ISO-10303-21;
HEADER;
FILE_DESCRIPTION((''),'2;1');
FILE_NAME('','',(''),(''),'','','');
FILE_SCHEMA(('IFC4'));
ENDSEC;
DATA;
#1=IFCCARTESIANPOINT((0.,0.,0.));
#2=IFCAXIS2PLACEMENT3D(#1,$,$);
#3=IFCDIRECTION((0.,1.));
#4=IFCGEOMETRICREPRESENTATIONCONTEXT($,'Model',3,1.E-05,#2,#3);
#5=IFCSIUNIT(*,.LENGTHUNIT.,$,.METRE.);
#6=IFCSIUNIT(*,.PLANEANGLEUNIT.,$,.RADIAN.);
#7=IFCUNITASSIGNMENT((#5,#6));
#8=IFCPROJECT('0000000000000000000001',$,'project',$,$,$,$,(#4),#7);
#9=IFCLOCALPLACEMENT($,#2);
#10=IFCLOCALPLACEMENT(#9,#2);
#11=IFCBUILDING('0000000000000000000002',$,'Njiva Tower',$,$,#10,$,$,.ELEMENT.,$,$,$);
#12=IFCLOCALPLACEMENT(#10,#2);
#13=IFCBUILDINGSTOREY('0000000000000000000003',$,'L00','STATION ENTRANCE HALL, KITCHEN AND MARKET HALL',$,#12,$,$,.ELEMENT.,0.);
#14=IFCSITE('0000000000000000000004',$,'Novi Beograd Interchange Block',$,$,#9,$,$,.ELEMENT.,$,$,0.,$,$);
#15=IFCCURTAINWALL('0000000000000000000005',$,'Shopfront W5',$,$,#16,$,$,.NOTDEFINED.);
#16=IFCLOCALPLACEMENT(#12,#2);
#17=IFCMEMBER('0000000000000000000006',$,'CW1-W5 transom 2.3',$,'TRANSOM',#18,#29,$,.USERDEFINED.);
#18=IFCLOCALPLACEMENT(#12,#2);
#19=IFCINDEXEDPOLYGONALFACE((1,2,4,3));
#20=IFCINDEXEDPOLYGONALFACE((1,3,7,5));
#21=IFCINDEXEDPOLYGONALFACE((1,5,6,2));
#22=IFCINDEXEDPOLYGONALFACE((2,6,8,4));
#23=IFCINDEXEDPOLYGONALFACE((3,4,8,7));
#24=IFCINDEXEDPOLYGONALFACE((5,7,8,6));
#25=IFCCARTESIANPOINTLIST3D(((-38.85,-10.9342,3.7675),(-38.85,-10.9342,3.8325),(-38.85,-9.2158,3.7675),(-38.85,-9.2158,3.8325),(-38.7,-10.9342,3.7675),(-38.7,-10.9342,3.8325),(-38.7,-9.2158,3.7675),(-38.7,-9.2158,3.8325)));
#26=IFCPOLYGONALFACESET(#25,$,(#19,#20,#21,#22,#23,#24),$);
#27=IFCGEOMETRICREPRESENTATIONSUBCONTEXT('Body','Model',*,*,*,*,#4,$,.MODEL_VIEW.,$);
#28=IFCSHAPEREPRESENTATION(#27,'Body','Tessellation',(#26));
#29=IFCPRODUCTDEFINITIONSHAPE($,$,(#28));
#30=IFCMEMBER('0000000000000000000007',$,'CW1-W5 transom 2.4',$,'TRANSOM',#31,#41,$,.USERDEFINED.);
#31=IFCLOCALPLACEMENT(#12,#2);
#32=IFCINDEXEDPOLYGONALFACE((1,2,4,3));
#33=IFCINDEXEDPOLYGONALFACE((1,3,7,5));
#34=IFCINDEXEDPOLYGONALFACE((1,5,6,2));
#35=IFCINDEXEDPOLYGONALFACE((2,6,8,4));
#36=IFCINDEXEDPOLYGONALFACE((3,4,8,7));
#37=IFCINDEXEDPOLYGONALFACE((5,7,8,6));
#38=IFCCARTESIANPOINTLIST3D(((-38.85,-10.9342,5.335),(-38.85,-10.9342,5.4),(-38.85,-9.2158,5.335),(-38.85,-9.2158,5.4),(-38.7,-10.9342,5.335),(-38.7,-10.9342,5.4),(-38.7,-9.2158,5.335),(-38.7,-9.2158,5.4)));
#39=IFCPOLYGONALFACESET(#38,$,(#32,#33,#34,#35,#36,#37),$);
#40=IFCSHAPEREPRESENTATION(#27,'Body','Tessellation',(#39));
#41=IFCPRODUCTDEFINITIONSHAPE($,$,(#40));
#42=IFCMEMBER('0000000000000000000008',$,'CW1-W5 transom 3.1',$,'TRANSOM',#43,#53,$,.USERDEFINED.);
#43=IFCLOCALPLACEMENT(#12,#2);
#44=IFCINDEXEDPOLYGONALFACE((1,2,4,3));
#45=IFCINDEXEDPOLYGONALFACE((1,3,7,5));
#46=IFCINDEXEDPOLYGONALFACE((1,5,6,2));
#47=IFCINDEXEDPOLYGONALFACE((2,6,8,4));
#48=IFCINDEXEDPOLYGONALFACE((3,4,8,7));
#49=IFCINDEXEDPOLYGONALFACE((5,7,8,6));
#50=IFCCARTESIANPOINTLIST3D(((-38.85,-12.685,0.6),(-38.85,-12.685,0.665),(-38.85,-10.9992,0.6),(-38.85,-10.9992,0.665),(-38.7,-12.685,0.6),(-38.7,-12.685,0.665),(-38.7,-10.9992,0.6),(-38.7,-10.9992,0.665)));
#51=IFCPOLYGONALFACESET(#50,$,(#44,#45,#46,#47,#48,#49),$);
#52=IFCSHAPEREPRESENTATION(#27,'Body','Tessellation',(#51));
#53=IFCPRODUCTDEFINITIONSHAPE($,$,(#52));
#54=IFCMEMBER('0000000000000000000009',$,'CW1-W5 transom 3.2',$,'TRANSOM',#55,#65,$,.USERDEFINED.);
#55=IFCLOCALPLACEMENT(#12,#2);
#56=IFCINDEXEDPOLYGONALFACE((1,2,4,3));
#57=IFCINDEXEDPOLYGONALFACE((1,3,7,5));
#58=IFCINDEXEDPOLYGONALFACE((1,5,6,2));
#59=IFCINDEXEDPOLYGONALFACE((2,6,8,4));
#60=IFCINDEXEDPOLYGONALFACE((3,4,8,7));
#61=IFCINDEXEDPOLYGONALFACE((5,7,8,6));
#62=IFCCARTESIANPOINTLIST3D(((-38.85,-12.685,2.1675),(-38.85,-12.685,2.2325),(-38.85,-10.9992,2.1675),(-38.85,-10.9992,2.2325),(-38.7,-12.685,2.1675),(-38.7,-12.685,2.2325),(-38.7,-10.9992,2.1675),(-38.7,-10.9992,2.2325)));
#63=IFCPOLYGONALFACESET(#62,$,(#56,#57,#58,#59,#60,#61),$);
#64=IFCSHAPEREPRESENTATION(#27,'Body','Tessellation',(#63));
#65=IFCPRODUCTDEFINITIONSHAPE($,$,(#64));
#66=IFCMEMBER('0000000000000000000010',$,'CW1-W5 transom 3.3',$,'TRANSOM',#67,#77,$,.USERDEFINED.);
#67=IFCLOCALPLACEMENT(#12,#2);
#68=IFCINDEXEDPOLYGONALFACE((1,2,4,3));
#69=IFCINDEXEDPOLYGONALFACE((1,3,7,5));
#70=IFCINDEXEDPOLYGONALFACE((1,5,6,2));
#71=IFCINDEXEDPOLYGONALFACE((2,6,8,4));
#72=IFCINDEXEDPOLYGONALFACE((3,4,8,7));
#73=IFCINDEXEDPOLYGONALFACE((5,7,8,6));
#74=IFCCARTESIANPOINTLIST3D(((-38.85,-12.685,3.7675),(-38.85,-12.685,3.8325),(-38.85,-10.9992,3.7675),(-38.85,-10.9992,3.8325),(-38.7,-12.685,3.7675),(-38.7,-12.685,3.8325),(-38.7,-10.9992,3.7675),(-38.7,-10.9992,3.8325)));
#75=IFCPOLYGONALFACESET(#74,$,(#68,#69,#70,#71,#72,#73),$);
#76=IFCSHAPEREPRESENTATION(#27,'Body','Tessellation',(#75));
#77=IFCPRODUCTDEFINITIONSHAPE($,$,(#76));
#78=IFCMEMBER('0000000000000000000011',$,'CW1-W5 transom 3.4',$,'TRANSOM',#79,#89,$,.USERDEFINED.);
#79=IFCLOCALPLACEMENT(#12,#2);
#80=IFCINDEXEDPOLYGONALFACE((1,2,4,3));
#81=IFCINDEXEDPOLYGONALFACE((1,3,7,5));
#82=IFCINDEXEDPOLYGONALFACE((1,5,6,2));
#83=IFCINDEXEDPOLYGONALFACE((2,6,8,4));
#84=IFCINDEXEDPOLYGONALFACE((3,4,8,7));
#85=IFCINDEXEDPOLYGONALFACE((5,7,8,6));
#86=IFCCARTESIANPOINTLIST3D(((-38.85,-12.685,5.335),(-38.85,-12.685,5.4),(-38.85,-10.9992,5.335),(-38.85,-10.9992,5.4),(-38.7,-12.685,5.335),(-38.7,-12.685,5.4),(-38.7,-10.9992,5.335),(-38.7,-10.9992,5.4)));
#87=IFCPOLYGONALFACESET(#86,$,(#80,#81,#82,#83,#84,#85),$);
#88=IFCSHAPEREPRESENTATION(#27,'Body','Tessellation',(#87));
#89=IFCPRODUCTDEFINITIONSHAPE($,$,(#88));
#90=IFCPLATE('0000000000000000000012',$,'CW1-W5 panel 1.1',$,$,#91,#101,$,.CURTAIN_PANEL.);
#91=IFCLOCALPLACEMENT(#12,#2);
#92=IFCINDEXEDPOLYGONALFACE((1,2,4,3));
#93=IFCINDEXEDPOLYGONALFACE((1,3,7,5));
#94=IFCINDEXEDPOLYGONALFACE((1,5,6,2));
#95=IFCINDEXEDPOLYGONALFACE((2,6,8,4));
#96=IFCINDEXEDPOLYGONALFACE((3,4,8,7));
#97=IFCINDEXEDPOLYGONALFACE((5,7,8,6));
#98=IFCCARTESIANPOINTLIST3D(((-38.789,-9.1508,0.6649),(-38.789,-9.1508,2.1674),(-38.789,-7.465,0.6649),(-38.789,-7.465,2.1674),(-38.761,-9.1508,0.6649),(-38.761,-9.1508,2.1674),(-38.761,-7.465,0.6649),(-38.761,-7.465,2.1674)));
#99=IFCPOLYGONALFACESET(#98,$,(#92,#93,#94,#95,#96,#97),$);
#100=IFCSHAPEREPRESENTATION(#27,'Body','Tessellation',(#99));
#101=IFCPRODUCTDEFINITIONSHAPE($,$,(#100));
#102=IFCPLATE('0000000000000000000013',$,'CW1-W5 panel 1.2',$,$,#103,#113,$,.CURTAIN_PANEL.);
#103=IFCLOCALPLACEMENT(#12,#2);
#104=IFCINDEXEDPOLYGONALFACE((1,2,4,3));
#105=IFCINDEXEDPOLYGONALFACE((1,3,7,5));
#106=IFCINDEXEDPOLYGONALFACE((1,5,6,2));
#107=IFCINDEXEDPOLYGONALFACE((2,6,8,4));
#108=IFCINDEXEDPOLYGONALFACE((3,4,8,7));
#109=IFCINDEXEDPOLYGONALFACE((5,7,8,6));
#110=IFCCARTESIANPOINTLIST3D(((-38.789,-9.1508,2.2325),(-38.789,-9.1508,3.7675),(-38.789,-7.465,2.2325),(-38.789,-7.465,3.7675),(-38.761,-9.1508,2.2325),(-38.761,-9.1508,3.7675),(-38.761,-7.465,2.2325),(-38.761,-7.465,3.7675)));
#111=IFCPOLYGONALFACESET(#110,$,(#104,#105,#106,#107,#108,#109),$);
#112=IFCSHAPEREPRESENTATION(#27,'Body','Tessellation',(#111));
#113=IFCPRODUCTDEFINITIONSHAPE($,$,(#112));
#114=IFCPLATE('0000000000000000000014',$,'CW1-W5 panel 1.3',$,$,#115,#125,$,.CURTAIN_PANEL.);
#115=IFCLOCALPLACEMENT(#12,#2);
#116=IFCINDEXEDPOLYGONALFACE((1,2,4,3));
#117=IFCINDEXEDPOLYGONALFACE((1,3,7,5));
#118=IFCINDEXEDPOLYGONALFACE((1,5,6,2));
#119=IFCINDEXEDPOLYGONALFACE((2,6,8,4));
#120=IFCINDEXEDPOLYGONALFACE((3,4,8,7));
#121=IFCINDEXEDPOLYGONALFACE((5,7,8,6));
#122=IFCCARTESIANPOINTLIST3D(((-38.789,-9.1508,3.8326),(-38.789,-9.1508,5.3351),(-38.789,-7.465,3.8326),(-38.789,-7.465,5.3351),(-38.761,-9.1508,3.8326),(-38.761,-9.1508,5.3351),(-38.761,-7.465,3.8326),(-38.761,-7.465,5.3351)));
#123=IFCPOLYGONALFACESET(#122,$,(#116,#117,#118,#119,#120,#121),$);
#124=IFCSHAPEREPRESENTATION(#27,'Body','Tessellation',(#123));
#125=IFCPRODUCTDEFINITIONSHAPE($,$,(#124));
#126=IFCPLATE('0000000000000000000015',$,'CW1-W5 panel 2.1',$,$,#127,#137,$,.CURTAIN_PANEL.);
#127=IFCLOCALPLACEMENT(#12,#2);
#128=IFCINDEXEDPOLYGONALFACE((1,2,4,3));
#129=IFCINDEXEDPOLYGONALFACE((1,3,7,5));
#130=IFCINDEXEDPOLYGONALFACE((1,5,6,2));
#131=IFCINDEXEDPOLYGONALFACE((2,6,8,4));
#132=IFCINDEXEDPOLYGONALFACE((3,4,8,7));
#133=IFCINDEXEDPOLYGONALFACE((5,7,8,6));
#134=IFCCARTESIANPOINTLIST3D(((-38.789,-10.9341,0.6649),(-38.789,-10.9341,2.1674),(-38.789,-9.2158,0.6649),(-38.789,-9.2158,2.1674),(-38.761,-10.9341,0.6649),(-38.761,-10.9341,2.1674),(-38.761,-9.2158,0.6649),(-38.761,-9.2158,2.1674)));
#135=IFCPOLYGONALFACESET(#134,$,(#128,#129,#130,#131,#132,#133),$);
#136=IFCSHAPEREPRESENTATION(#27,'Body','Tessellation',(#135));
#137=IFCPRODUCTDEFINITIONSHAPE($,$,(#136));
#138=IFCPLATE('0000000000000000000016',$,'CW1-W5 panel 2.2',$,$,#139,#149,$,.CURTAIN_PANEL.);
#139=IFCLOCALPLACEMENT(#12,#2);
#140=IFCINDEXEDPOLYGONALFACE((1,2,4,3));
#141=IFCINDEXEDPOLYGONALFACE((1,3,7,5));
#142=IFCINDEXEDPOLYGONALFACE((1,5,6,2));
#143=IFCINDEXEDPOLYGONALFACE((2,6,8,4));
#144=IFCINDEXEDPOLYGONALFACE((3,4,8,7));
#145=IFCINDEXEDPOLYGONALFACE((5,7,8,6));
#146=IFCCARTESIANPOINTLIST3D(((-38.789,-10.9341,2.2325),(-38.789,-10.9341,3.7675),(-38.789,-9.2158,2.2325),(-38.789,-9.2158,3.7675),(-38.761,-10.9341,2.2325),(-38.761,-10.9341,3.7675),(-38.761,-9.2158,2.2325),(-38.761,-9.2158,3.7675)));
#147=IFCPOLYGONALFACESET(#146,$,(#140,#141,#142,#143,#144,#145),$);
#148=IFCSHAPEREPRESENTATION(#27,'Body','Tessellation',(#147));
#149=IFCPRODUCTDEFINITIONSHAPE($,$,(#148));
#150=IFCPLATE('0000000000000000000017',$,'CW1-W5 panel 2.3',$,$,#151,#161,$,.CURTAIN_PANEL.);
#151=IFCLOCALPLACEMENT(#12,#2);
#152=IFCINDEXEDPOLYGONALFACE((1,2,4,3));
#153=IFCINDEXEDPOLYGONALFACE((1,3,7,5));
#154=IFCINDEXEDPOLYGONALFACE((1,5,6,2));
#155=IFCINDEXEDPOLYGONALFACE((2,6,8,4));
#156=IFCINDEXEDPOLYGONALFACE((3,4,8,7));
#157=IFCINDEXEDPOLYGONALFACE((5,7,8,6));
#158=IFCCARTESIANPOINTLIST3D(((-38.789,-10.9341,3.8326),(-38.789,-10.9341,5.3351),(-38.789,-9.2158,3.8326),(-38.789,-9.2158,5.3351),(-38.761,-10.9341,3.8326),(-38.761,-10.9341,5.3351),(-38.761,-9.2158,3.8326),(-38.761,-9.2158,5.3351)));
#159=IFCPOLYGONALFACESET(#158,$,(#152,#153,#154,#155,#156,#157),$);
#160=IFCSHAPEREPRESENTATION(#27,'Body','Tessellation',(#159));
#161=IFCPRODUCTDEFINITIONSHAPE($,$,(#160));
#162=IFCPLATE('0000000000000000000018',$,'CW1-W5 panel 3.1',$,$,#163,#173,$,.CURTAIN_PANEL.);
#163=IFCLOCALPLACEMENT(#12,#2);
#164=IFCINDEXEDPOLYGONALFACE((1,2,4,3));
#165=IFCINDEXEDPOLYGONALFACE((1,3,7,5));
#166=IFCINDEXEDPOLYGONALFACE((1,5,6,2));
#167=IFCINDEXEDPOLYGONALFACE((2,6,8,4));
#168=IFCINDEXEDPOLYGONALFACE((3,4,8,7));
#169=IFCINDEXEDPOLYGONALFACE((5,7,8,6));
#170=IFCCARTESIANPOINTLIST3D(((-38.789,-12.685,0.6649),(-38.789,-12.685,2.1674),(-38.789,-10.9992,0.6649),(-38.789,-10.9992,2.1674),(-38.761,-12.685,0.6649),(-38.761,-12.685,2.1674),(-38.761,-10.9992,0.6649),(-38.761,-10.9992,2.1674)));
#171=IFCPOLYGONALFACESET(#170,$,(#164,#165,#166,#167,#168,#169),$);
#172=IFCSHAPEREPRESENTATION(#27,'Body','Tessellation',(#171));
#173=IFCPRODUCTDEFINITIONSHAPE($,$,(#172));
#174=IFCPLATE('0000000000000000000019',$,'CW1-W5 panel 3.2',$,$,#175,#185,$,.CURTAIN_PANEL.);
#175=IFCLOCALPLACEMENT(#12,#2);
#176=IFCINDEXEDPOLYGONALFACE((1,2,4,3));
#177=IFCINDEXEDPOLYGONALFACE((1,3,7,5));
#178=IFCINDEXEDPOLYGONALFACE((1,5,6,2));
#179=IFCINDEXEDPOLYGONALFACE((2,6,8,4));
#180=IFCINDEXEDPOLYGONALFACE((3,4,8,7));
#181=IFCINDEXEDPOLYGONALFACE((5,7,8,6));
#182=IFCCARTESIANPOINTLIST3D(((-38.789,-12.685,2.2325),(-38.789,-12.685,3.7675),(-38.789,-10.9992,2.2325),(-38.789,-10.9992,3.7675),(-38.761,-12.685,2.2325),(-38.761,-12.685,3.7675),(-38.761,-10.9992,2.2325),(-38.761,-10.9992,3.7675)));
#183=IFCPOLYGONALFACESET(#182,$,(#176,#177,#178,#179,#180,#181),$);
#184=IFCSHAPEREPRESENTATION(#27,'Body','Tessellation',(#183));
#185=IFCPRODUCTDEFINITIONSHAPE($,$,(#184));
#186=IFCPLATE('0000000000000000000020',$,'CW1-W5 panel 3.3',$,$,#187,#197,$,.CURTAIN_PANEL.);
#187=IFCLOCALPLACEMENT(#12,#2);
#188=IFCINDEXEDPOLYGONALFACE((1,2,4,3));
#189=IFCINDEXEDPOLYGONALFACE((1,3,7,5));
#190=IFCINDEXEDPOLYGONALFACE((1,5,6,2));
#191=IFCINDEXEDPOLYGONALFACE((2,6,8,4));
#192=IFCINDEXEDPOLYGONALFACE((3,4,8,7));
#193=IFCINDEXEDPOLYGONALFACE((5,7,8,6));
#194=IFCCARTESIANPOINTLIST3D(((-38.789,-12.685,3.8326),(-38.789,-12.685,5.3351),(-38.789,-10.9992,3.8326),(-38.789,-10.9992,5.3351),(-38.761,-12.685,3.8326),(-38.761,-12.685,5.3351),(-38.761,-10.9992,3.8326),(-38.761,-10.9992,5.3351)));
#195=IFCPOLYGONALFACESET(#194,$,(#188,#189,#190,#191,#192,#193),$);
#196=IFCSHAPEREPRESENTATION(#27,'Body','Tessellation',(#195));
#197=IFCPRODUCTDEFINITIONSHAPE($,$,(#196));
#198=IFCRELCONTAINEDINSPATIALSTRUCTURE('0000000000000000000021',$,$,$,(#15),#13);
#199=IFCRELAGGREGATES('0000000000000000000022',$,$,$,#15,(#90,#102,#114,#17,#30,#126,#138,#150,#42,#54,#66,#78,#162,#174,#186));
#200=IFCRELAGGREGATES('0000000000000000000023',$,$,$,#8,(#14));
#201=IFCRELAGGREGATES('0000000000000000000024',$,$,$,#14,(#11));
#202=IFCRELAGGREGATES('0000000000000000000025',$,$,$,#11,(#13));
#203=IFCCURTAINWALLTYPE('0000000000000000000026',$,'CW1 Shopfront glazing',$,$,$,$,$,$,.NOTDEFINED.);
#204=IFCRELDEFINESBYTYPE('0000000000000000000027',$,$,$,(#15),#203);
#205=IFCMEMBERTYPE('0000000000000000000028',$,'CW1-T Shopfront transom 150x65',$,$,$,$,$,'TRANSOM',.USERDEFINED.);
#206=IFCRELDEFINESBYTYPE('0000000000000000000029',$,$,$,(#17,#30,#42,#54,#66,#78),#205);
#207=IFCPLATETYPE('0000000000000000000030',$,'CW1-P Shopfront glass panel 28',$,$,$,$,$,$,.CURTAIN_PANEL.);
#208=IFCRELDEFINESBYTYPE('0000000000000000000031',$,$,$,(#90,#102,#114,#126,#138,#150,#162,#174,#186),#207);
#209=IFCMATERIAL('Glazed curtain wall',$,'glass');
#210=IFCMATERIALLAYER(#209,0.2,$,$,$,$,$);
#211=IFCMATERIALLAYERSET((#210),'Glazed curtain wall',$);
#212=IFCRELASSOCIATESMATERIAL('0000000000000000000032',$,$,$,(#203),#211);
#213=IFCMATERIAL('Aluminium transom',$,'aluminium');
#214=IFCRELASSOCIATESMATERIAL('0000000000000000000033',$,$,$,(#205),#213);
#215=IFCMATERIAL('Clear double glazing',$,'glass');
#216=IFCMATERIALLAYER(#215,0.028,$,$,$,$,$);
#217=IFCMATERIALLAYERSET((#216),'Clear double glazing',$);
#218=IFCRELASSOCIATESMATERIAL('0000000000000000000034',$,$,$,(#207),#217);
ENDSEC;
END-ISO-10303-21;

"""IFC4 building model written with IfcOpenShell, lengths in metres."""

from ifc_helpers import new_model, si_unit, direction, frame, origin, origin_2d, place, context, subcontext, project, spatial, rectangle, extrude, material, layer, layer_set, material_profile, profile_set, type_object, element, aggregate, save


model = new_model("IFC4")

# Units and contexts
model_context = context("Model", 3, precision=1e-05, world=origin(), true_north=direction((0.0, 1.0)))
body_context = subcontext(model_context, "Body", "Model", "MODEL_VIEW")
ifc_project = project(units=[si_unit("LENGTHUNIT", "METRE"), si_unit("PLANEANGLEUNIT", "RADIAN")], contexts=[model_context])

# Site, building, storey
site_placement = place(None, origin())
site = spatial("IfcSite", under=ifc_project, at=site_placement, Name="Novi Beograd Interchange Block", CompositionType="ELEMENT", RefElevation=0.0)
building_placement = place(site_placement, origin())
building = spatial("IfcBuilding", under=site, at=building_placement, Name="Njiva Tower", CompositionType="ELEMENT")
storey_placement = place(building_placement, origin())
storey = spatial("IfcBuildingStorey", under=building, at=storey_placement, Name="L00", Description="STATION ENTRANCE HALL, KITCHEN AND MARKET HALL", CompositionType="ELEMENT", Elevation=0.0)

# Curtain wall, members, plates
ifc_material_1 = material(Name="Glazed curtain wall", Category="glass")
ifc_layer_1 = layer(ifc_material_1, 0.2)
ifc_layer_set_1 = layer_set([ifc_layer_1], Name="Glazed curtain wall")
curtain_wall_type = type_object("IfcCurtainWallType", Name="CW1 Shopfront glazing", PredefinedType="NOTDEFINED", material=ifc_layer_set_1)
curtain_wall_placement = place(storey_placement, origin())
curtain_wall = element("IfcCurtainWall", 1, at=curtain_wall_placement, inside=storey, type_object=curtain_wall_type, Name="Shopfront W5", PredefinedType="NOTDEFINED")
ifc_material_2 = material(Name="Aluminium transom", Category="aluminium")
ifc_material_profile_1 = material_profile(ifc_material_2, rectangle(XDim=0.15, YDim=0.065, at=origin_2d()), Name="RECT 150x65")
ifc_profile_set_1 = profile_set([ifc_material_profile_1], Name="Aluminium transom")
member_type_1 = type_object("IfcMemberType", Name="CW1-T Shopfront transom 150x65", ElementType="TRANSOM", PredefinedType="USERDEFINED", material=ifc_profile_set_1)
member_1_placement = place(storey_placement, frame((-38.775, -9.2158, 3.8), z_axis=(0.0, -1.0, 0.0), x_axis=(1.0, 0.0, 0.0)))
member_1 = element("IfcMember", 2, at=member_1_placement, type_object=member_type_1, Name="CW1-W5 transom 2.3", ObjectType="TRANSOM", PredefinedType="USERDEFINED", context=body_context, shape_type="SweptSolid", body=[
    extrude(rectangle(XDim=0.15, YDim=0.065, at=origin_2d()), origin(), (0.0, 0.0, 1.0), 1.7184),
])
member_2_placement = place(storey_placement, frame((-38.775, -9.2158, 5.3675), z_axis=(0.0, -1.0, 0.0), x_axis=(1.0, 0.0, 0.0)))
member_2 = element("IfcMember", 3, at=member_2_placement, type_object=member_type_1, Name="CW1-W5 transom 2.4", ObjectType="TRANSOM", PredefinedType="USERDEFINED", context=body_context, shape_type="SweptSolid", body=[
    extrude(rectangle(XDim=0.15, YDim=0.065, at=origin_2d()), origin(), (0.0, 0.0, 1.0), 1.7184),
])
member_3_placement = place(storey_placement, frame((-38.775, -10.9992, 0.6325), z_axis=(0.0, -1.0, 0.0), x_axis=(1.0, 0.0, 0.0)))
member_3 = element("IfcMember", 4, at=member_3_placement, type_object=member_type_1, Name="CW1-W5 transom 3.1", ObjectType="TRANSOM", PredefinedType="USERDEFINED", context=body_context, shape_type="SweptSolid", body=[
    extrude(rectangle(XDim=0.15, YDim=0.065, at=origin_2d()), origin(), (0.0, 0.0, 1.0), 1.6858),
])
member_4_placement = place(storey_placement, frame((-38.775, -10.9992, 2.2), z_axis=(0.0, -1.0, 0.0), x_axis=(1.0, 0.0, 0.0)))
member_4 = element("IfcMember", 5, at=member_4_placement, type_object=member_type_1, Name="CW1-W5 transom 3.2", ObjectType="TRANSOM", PredefinedType="USERDEFINED", context=body_context, shape_type="SweptSolid", body=[
    extrude(rectangle(XDim=0.15, YDim=0.065, at=origin_2d()), origin(), (0.0, 0.0, 1.0), 1.6858),
])
member_5_placement = place(storey_placement, frame((-38.775, -10.9992, 3.8), z_axis=(0.0, -1.0, 0.0), x_axis=(1.0, 0.0, 0.0)))
member_5 = element("IfcMember", 6, at=member_5_placement, type_object=member_type_1, Name="CW1-W5 transom 3.3", ObjectType="TRANSOM", PredefinedType="USERDEFINED", context=body_context, shape_type="SweptSolid", body=[
    extrude(rectangle(XDim=0.15, YDim=0.065, at=origin_2d()), origin(), (0.0, 0.0, 1.0), 1.6858),
])
member_6_placement = place(storey_placement, frame((-38.775, -10.9992, 5.3675), z_axis=(0.0, -1.0, 0.0), x_axis=(1.0, 0.0, 0.0)))
member_6 = element("IfcMember", 7, at=member_6_placement, type_object=member_type_1, Name="CW1-W5 transom 3.4", ObjectType="TRANSOM", PredefinedType="USERDEFINED", context=body_context, shape_type="SweptSolid", body=[
    extrude(rectangle(XDim=0.15, YDim=0.065, at=origin_2d()), origin(), (0.0, 0.0, 1.0), 1.6858),
])
ifc_material_3 = material(Name="Clear double glazing", Category="glass")
ifc_layer_2 = layer(ifc_material_3, 0.028)
ifc_layer_set_2 = layer_set([ifc_layer_2], Name="Clear double glazing")
plate_type = type_object("IfcPlateType", Name="CW1-P Shopfront glass panel 28", PredefinedType="CURTAIN_PANEL", material=ifc_layer_set_2)
plate_1_placement = place(storey_placement, frame((-38.775, -8.3079, 0.6649), z_axis=(0.0, 0.0, 1.0), x_axis=(0.0, -1.0, 0.0)))
plate_1 = element("IfcPlate", 8, at=plate_1_placement, type_object=plate_type, Name="CW1-W5 panel 1.1", PredefinedType="CURTAIN_PANEL", context=body_context, shape_type="SweptSolid", body=[
    extrude(rectangle(XDim=1.6858, YDim=0.028, at=origin_2d()), origin(), (0.0, 0.0, 1.0), 1.5025),
])
plate_2_placement = place(storey_placement, frame((-38.775, -8.3079, 2.2325), z_axis=(0.0, 0.0, 1.0), x_axis=(0.0, -1.0, 0.0)))
plate_2 = element("IfcPlate", 9, at=plate_2_placement, type_object=plate_type, Name="CW1-W5 panel 1.2", PredefinedType="CURTAIN_PANEL", context=body_context, shape_type="SweptSolid", body=[
    extrude(rectangle(XDim=1.6858, YDim=0.028, at=origin_2d()), origin(), (0.0, 0.0, 1.0), 1.535),
])
plate_3_placement = place(storey_placement, frame((-38.775, -8.3079, 3.8326), z_axis=(0.0, 0.0, 1.0), x_axis=(0.0, -1.0, 0.0)))
plate_3 = element("IfcPlate", 10, at=plate_3_placement, type_object=plate_type, Name="CW1-W5 panel 1.3", PredefinedType="CURTAIN_PANEL", context=body_context, shape_type="SweptSolid", body=[
    extrude(rectangle(XDim=1.6858, YDim=0.028, at=origin_2d()), origin(), (0.0, 0.0, 1.0), 1.5025),
])
plate_4_placement = place(storey_placement, frame((-38.775, -10.075, 0.6649), z_axis=(0.0, 0.0, 1.0), x_axis=(0.0, -1.0, 0.0)))
plate_4 = element("IfcPlate", 11, at=plate_4_placement, type_object=plate_type, Name="CW1-W5 panel 2.1", PredefinedType="CURTAIN_PANEL", context=body_context, shape_type="SweptSolid", body=[
    extrude(rectangle(XDim=1.7183, YDim=0.028, at=origin_2d()), origin(), (0.0, 0.0, 1.0), 1.5025),
])
plate_5_placement = place(storey_placement, frame((-38.775, -10.075, 2.2325), z_axis=(0.0, 0.0, 1.0), x_axis=(0.0, -1.0, 0.0)))
plate_5 = element("IfcPlate", 12, at=plate_5_placement, type_object=plate_type, Name="CW1-W5 panel 2.2", PredefinedType="CURTAIN_PANEL", context=body_context, shape_type="SweptSolid", body=[
    extrude(rectangle(XDim=1.7183, YDim=0.028, at=origin_2d()), origin(), (0.0, 0.0, 1.0), 1.535),
])
plate_6_placement = place(storey_placement, frame((-38.775, -10.075, 3.8326), z_axis=(0.0, 0.0, 1.0), x_axis=(0.0, -1.0, 0.0)))
plate_6 = element("IfcPlate", 13, at=plate_6_placement, type_object=plate_type, Name="CW1-W5 panel 2.3", PredefinedType="CURTAIN_PANEL", context=body_context, shape_type="SweptSolid", body=[
    extrude(rectangle(XDim=1.7183, YDim=0.028, at=origin_2d()), origin(), (0.0, 0.0, 1.0), 1.5025),
])
plate_7_placement = place(storey_placement, frame((-38.775, -11.8421, 0.6649), z_axis=(0.0, 0.0, 1.0), x_axis=(0.0, -1.0, 0.0)))
plate_7 = element("IfcPlate", 14, at=plate_7_placement, type_object=plate_type, Name="CW1-W5 panel 3.1", PredefinedType="CURTAIN_PANEL", context=body_context, shape_type="SweptSolid", body=[
    extrude(rectangle(XDim=1.6858, YDim=0.028, at=origin_2d()), origin(), (0.0, 0.0, 1.0), 1.5025),
])
plate_8_placement = place(storey_placement, frame((-38.775, -11.8421, 2.2325), z_axis=(0.0, 0.0, 1.0), x_axis=(0.0, -1.0, 0.0)))
plate_8 = element("IfcPlate", 15, at=plate_8_placement, type_object=plate_type, Name="CW1-W5 panel 3.2", PredefinedType="CURTAIN_PANEL", context=body_context, shape_type="SweptSolid", body=[
    extrude(rectangle(XDim=1.6858, YDim=0.028, at=origin_2d()), origin(), (0.0, 0.0, 1.0), 1.535),
])
plate_9_placement = place(storey_placement, frame((-38.775, -11.8421, 3.8326), z_axis=(0.0, 0.0, 1.0), x_axis=(0.0, -1.0, 0.0)))
plate_9 = element("IfcPlate", 16, at=plate_9_placement, type_object=plate_type, Name="CW1-W5 panel 3.3", PredefinedType="CURTAIN_PANEL", context=body_context, shape_type="SweptSolid", body=[
    extrude(rectangle(XDim=1.6858, YDim=0.028, at=origin_2d()), origin(), (0.0, 0.0, 1.0), 1.5025),
])
aggregate(curtain_wall, [plate_1, plate_2, plate_3, member_1, member_2, plate_4, plate_5, plate_6, member_3, member_4, member_5, member_6, plate_7, plate_8, plate_9])

save(model, "model.ifc")
